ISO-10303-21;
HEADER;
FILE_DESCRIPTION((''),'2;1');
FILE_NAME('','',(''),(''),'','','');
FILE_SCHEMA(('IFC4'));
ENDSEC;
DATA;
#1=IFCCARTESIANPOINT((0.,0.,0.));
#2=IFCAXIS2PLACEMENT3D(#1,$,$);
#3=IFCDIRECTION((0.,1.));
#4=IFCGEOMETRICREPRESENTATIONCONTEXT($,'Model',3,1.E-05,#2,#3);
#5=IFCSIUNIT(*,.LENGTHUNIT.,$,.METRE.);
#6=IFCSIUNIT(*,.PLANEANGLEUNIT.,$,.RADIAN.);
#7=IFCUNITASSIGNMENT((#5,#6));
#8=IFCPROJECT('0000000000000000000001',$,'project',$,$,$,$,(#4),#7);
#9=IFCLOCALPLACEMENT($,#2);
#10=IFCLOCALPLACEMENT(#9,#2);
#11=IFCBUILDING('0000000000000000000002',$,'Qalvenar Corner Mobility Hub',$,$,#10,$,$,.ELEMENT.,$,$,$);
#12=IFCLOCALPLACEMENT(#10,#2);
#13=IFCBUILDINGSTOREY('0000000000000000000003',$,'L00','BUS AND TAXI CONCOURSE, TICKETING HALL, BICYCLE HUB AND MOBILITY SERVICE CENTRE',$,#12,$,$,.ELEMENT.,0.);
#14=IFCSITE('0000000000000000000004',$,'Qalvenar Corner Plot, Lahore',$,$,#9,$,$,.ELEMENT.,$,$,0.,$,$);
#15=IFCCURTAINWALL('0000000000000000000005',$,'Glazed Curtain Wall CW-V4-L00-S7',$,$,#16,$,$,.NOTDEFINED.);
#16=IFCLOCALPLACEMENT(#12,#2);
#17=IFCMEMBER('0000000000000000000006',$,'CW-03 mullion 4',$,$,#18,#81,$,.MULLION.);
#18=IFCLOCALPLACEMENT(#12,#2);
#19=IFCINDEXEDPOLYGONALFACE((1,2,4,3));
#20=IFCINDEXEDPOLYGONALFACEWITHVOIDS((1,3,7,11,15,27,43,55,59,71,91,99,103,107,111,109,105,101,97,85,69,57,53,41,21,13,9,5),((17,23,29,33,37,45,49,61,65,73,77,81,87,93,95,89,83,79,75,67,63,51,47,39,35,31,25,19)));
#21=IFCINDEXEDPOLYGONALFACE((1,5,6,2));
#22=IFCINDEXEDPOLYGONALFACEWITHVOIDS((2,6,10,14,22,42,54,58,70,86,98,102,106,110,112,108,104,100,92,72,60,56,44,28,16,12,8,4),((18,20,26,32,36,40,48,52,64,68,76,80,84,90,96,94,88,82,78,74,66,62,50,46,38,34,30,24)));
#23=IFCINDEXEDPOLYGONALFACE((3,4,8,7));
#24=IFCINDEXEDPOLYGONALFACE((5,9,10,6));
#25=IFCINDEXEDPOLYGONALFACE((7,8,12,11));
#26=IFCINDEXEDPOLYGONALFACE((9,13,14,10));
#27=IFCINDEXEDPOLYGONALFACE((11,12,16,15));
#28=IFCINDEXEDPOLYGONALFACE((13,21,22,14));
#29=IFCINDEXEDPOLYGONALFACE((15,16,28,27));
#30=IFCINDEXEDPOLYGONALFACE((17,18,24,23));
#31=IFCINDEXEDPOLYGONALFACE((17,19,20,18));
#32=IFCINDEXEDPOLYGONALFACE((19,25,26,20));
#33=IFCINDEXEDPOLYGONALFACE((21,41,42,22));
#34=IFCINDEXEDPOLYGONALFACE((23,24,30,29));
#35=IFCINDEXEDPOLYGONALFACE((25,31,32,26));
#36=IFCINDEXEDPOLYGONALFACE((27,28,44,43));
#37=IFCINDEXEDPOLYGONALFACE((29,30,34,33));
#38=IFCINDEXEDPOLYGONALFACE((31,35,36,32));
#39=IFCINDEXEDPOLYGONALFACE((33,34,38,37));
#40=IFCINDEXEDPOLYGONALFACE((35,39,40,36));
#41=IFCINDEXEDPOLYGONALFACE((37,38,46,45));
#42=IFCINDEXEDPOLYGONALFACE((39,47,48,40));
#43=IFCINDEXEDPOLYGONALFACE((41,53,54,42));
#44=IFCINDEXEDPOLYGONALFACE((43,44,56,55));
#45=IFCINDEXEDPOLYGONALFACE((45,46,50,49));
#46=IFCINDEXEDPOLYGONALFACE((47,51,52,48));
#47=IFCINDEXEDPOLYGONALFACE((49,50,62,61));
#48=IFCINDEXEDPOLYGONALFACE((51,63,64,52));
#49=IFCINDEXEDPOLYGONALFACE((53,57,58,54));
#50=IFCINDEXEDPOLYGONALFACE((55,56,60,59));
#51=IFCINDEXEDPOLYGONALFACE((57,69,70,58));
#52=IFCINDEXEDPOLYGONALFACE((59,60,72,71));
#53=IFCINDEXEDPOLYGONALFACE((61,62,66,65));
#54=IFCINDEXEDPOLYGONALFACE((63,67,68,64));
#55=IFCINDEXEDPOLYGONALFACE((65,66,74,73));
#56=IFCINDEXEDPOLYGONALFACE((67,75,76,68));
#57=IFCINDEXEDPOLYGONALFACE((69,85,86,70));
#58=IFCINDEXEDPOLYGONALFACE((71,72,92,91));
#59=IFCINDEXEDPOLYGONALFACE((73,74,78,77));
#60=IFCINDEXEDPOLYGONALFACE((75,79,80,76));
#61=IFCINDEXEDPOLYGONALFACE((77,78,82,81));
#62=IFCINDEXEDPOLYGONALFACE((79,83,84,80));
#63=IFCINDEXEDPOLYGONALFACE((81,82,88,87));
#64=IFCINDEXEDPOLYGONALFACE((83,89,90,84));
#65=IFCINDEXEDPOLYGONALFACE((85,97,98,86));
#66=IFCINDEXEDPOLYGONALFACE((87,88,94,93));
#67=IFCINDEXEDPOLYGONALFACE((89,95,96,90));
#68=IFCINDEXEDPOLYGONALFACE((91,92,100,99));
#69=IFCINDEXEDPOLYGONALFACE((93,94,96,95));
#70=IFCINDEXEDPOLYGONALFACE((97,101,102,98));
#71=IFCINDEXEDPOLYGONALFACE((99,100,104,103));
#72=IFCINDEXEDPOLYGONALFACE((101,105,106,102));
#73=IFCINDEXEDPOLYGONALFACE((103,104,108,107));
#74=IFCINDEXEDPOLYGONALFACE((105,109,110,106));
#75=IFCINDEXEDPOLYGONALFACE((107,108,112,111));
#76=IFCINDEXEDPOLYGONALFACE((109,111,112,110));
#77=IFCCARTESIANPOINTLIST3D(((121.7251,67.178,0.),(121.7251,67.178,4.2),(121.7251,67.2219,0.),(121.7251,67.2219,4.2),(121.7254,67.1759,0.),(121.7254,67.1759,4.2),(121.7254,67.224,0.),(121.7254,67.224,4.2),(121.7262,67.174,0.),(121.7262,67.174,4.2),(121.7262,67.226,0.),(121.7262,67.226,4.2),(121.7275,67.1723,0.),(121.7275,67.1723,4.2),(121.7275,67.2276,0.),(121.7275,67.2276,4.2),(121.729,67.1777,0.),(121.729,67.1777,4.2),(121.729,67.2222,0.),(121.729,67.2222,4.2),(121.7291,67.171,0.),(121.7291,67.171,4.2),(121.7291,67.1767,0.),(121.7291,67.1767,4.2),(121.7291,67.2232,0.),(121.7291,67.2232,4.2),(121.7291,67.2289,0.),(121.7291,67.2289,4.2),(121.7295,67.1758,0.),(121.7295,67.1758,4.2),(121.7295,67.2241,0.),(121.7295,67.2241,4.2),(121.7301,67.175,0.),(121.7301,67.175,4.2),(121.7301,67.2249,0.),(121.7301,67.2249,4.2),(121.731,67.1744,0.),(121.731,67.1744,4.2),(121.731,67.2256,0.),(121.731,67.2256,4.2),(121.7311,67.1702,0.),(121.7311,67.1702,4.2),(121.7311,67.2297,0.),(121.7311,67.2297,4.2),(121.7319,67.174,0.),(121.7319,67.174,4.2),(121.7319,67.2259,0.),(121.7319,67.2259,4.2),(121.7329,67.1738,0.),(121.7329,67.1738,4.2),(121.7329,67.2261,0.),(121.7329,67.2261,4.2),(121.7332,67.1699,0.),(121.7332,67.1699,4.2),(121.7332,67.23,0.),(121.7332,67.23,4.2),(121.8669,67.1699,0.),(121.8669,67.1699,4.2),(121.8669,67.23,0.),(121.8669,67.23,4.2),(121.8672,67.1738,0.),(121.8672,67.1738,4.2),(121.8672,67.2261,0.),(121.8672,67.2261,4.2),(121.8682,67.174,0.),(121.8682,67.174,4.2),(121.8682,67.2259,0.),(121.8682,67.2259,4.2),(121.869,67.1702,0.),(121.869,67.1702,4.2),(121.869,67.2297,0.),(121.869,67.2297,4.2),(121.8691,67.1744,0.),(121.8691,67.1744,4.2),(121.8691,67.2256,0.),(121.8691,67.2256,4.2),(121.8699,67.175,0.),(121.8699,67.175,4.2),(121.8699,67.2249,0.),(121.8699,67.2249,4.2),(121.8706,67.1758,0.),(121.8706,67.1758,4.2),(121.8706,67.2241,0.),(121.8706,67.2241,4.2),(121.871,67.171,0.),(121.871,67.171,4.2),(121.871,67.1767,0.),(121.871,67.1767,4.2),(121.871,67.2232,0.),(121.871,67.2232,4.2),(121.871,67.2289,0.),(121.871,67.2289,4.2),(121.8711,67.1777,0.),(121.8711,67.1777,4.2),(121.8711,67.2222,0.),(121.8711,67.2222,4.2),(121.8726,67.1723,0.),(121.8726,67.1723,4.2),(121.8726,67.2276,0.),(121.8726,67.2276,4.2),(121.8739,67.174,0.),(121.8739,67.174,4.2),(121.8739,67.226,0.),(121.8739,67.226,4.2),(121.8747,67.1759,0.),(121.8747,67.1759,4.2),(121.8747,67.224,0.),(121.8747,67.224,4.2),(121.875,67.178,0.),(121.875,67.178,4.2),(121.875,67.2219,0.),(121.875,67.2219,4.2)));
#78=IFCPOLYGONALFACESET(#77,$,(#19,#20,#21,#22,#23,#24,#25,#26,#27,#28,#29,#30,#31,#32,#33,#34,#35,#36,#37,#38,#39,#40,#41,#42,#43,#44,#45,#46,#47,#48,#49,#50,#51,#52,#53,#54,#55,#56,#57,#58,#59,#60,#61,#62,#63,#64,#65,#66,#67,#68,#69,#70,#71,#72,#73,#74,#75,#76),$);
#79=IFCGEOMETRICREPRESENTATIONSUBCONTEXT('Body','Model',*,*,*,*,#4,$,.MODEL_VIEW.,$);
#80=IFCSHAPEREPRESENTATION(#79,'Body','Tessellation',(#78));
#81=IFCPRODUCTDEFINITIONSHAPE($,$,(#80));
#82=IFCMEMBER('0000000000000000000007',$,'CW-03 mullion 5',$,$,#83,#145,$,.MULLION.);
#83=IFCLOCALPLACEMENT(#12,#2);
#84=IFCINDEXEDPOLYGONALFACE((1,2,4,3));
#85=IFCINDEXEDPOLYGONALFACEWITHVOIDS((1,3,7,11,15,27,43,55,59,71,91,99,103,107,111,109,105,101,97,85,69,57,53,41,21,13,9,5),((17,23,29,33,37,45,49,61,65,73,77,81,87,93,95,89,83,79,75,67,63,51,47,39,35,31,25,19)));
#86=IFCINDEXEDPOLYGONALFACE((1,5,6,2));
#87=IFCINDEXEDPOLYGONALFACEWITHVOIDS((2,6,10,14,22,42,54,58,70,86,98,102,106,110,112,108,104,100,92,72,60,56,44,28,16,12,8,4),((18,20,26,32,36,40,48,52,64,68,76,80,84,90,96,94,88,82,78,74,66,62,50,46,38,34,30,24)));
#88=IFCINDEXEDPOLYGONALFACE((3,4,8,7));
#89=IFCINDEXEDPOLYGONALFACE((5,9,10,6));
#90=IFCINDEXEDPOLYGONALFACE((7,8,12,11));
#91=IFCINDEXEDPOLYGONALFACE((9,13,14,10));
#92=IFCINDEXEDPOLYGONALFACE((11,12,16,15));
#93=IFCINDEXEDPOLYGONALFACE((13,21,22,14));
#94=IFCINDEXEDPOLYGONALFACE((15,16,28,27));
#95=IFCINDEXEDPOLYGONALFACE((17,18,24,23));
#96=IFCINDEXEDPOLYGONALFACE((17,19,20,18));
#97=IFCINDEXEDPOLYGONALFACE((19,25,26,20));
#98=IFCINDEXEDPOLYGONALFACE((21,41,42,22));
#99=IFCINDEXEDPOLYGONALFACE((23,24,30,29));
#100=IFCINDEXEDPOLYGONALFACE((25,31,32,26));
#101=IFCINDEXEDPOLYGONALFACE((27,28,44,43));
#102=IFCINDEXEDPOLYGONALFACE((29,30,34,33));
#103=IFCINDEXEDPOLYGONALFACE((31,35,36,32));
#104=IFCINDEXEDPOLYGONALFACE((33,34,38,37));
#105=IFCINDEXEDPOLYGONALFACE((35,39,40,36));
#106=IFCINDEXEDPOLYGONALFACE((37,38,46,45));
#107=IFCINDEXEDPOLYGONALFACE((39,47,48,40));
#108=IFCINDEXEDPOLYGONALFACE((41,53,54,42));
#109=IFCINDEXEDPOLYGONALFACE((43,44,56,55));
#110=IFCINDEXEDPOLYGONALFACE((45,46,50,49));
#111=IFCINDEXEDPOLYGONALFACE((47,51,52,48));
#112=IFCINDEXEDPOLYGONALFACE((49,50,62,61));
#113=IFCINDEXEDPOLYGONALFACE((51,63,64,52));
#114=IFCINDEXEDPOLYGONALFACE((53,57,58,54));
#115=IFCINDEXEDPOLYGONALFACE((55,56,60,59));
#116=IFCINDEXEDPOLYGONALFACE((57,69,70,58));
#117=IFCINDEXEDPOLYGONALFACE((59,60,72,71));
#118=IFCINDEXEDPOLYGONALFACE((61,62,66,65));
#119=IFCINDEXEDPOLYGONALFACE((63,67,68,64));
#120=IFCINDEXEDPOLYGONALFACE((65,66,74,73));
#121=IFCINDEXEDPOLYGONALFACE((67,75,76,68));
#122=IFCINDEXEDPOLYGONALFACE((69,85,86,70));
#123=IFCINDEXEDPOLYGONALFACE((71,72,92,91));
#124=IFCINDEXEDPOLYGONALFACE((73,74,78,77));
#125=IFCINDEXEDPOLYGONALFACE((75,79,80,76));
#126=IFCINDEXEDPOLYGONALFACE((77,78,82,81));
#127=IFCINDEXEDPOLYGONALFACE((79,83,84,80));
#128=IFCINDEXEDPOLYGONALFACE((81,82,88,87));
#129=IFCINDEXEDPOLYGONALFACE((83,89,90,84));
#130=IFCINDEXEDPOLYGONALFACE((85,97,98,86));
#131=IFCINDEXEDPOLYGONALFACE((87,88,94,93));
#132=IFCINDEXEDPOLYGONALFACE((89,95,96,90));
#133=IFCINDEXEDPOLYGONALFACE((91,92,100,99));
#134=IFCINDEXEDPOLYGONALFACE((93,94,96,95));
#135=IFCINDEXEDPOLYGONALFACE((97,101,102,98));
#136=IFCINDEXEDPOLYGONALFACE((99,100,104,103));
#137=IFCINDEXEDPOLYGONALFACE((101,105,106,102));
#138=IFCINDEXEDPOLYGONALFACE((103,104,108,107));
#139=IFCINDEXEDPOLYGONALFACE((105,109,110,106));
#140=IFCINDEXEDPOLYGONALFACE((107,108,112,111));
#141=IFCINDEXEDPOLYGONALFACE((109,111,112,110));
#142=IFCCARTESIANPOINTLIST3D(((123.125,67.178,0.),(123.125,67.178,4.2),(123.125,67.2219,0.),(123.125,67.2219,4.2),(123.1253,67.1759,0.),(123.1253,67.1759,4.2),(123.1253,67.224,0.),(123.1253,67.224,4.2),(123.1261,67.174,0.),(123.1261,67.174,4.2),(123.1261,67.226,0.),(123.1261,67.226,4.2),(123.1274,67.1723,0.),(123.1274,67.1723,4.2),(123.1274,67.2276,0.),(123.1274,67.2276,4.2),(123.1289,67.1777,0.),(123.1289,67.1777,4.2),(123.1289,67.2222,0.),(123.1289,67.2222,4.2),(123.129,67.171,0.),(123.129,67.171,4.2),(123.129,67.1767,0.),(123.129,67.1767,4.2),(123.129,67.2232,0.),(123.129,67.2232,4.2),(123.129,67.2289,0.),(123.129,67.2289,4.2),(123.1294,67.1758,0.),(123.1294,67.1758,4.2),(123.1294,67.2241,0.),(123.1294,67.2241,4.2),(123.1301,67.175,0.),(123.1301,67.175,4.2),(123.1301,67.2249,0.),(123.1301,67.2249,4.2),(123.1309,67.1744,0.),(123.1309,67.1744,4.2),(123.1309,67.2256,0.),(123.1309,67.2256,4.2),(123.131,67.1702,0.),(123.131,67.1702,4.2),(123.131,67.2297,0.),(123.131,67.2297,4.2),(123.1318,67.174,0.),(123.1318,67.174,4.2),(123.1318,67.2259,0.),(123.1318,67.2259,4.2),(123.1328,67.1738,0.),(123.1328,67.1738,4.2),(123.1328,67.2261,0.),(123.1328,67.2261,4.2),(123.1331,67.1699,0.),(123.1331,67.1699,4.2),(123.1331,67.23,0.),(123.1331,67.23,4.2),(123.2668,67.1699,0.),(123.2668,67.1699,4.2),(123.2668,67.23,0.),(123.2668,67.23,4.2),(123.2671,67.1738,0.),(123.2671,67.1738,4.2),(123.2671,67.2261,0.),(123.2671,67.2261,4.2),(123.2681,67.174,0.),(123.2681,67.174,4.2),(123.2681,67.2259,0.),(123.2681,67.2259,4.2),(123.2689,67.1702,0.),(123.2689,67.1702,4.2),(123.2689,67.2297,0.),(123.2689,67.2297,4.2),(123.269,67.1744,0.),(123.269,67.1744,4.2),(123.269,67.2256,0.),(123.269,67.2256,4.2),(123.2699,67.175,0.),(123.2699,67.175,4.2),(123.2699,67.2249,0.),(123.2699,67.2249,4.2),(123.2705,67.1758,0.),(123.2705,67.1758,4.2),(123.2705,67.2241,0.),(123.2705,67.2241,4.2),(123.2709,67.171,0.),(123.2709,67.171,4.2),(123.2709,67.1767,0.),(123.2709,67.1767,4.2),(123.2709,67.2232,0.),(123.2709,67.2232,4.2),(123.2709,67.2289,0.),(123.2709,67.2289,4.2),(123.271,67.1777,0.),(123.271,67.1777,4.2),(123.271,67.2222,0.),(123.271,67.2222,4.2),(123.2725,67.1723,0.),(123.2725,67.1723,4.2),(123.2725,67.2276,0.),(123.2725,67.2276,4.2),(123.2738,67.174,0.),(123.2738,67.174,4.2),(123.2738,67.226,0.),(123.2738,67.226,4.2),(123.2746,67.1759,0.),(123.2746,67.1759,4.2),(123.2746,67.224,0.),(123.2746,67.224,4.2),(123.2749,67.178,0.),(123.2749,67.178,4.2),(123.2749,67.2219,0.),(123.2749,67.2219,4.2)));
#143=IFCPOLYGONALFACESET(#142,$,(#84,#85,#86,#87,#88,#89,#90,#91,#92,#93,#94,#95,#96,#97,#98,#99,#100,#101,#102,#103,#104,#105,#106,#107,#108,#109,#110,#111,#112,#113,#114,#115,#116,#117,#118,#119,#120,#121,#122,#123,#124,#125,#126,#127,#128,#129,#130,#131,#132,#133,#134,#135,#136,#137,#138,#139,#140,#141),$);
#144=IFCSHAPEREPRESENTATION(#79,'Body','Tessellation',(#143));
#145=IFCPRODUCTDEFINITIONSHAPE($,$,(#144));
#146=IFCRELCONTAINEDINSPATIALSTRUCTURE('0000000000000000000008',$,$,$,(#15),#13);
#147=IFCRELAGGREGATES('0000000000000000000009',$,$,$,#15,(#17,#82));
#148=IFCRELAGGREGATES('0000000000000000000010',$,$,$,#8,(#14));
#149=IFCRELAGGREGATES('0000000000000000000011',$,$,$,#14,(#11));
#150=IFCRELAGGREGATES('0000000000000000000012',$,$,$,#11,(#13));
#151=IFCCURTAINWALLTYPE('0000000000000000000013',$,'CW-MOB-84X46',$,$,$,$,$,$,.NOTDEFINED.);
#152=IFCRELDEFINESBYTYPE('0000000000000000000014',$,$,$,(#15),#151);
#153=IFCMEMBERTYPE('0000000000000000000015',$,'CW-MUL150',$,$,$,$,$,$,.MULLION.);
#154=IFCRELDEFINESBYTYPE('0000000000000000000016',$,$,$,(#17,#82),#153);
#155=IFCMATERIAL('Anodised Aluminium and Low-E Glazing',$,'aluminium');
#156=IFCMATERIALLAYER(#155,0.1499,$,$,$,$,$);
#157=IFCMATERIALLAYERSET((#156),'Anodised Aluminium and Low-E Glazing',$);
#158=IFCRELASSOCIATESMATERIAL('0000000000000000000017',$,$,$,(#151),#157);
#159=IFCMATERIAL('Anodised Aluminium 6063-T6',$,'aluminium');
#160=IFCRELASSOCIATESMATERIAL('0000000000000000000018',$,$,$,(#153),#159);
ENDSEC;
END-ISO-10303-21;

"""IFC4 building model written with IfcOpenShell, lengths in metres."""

from ifc_helpers import new_model, si_unit, direction, frame, origin, origin_2d, place, context, subcontext, project, spatial, hollow_rectangle, extrude, material, layer, layer_set, material_profile, profile_set, type_object, element, aggregate, save


model = new_model("IFC4")

# Units and contexts
model_context = context("Model", 3, precision=1e-05, world=origin(), true_north=direction((0.0, 1.0)))
body_context = subcontext(model_context, "Body", "Model", "MODEL_VIEW")
ifc_project = project(units=[si_unit("LENGTHUNIT", "METRE"), si_unit("PLANEANGLEUNIT", "RADIAN")], contexts=[model_context])

# Site, building, storey
site_placement = place(None, origin())
site = spatial("IfcSite", under=ifc_project, at=site_placement, Name="Qalvenar Corner Plot, Lahore", CompositionType="ELEMENT", RefElevation=0.0)
building_placement = place(site_placement, origin())
building = spatial("IfcBuilding", under=site, at=building_placement, Name="Qalvenar Corner Mobility Hub", CompositionType="ELEMENT")
storey_placement = place(building_placement, origin())
storey = spatial("IfcBuildingStorey", under=building, at=storey_placement, Name="L00", Description="BUS AND TAXI CONCOURSE, TICKETING HALL, BICYCLE HUB AND MOBILITY SERVICE CENTRE", CompositionType="ELEMENT", Elevation=0.0)

# Curtain wall, members
ifc_material_1 = material(Name="Anodised Aluminium and Low-E Glazing", Category="aluminium")
ifc_layer_1 = layer(ifc_material_1, 0.1499)
ifc_layer_set_1 = layer_set([ifc_layer_1], Name="Anodised Aluminium and Low-E Glazing")
curtain_wall_type = type_object("IfcCurtainWallType", Name="CW-MOB-84X46", PredefinedType="NOTDEFINED", material=ifc_layer_set_1)
curtain_wall_placement = place(storey_placement, origin())
curtain_wall = element("IfcCurtainWall", 1, at=curtain_wall_placement, inside=storey, type_object=curtain_wall_type, Name="Glazed Curtain Wall CW-V4-L00-S7", PredefinedType="NOTDEFINED")
ifc_material_2 = material(Name="Anodised Aluminium 6063-T6", Category="aluminium")
ifc_material_profile_1 = material_profile(ifc_material_2, hollow_rectangle(XDim=0.0601, YDim=0.1499, WallThickness=0.0039, InnerFilletRadius=0.0039, OuterFilletRadius=0.0081, at=origin_2d()), Name="RHS150x60x4")
ifc_profile_set_1 = profile_set([ifc_material_profile_1], Name="Anodised Aluminium 6063-T6")
member_type_1 = type_object("IfcMemberType", Name="CW-MUL150", PredefinedType="MULLION", material=ifc_profile_set_1)
member_1_placement = place(storey_placement, frame((121.8, 67.2, 0.0), z_axis=(0.0, 0.0, 1.0), x_axis=(0.0, 1.0, 0.0)))
member_1 = element("IfcMember", 2, at=member_1_placement, type_object=member_type_1, Name="CW-03 mullion 4", PredefinedType="MULLION", context=body_context, shape_type="SweptSolid", body=[
    extrude(hollow_rectangle(XDim=0.0601, YDim=0.1499, WallThickness=0.0039, InnerFilletRadius=0.0039, OuterFilletRadius=0.0081, at=origin_2d()), origin(), (0.0, 0.0, 1.0), 4.2),
])
member_2_placement = place(storey_placement, frame((123.2, 67.2, 0.0), z_axis=(0.0, 0.0, 1.0), x_axis=(0.0, 1.0, 0.0)))
member_2 = element("IfcMember", 3, at=member_2_placement, type_object=member_type_1, Name="CW-03 mullion 5", PredefinedType="MULLION", context=body_context, shape_type="SweptSolid", body=[
    extrude(hollow_rectangle(XDim=0.0601, YDim=0.1499, WallThickness=0.0039, InnerFilletRadius=0.0039, OuterFilletRadius=0.0081, at=origin_2d()), origin(), (0.0, 0.0, 1.0), 4.2),
])
aggregate(curtain_wall, [member_1, member_2])

save(model, "model.ifc")
